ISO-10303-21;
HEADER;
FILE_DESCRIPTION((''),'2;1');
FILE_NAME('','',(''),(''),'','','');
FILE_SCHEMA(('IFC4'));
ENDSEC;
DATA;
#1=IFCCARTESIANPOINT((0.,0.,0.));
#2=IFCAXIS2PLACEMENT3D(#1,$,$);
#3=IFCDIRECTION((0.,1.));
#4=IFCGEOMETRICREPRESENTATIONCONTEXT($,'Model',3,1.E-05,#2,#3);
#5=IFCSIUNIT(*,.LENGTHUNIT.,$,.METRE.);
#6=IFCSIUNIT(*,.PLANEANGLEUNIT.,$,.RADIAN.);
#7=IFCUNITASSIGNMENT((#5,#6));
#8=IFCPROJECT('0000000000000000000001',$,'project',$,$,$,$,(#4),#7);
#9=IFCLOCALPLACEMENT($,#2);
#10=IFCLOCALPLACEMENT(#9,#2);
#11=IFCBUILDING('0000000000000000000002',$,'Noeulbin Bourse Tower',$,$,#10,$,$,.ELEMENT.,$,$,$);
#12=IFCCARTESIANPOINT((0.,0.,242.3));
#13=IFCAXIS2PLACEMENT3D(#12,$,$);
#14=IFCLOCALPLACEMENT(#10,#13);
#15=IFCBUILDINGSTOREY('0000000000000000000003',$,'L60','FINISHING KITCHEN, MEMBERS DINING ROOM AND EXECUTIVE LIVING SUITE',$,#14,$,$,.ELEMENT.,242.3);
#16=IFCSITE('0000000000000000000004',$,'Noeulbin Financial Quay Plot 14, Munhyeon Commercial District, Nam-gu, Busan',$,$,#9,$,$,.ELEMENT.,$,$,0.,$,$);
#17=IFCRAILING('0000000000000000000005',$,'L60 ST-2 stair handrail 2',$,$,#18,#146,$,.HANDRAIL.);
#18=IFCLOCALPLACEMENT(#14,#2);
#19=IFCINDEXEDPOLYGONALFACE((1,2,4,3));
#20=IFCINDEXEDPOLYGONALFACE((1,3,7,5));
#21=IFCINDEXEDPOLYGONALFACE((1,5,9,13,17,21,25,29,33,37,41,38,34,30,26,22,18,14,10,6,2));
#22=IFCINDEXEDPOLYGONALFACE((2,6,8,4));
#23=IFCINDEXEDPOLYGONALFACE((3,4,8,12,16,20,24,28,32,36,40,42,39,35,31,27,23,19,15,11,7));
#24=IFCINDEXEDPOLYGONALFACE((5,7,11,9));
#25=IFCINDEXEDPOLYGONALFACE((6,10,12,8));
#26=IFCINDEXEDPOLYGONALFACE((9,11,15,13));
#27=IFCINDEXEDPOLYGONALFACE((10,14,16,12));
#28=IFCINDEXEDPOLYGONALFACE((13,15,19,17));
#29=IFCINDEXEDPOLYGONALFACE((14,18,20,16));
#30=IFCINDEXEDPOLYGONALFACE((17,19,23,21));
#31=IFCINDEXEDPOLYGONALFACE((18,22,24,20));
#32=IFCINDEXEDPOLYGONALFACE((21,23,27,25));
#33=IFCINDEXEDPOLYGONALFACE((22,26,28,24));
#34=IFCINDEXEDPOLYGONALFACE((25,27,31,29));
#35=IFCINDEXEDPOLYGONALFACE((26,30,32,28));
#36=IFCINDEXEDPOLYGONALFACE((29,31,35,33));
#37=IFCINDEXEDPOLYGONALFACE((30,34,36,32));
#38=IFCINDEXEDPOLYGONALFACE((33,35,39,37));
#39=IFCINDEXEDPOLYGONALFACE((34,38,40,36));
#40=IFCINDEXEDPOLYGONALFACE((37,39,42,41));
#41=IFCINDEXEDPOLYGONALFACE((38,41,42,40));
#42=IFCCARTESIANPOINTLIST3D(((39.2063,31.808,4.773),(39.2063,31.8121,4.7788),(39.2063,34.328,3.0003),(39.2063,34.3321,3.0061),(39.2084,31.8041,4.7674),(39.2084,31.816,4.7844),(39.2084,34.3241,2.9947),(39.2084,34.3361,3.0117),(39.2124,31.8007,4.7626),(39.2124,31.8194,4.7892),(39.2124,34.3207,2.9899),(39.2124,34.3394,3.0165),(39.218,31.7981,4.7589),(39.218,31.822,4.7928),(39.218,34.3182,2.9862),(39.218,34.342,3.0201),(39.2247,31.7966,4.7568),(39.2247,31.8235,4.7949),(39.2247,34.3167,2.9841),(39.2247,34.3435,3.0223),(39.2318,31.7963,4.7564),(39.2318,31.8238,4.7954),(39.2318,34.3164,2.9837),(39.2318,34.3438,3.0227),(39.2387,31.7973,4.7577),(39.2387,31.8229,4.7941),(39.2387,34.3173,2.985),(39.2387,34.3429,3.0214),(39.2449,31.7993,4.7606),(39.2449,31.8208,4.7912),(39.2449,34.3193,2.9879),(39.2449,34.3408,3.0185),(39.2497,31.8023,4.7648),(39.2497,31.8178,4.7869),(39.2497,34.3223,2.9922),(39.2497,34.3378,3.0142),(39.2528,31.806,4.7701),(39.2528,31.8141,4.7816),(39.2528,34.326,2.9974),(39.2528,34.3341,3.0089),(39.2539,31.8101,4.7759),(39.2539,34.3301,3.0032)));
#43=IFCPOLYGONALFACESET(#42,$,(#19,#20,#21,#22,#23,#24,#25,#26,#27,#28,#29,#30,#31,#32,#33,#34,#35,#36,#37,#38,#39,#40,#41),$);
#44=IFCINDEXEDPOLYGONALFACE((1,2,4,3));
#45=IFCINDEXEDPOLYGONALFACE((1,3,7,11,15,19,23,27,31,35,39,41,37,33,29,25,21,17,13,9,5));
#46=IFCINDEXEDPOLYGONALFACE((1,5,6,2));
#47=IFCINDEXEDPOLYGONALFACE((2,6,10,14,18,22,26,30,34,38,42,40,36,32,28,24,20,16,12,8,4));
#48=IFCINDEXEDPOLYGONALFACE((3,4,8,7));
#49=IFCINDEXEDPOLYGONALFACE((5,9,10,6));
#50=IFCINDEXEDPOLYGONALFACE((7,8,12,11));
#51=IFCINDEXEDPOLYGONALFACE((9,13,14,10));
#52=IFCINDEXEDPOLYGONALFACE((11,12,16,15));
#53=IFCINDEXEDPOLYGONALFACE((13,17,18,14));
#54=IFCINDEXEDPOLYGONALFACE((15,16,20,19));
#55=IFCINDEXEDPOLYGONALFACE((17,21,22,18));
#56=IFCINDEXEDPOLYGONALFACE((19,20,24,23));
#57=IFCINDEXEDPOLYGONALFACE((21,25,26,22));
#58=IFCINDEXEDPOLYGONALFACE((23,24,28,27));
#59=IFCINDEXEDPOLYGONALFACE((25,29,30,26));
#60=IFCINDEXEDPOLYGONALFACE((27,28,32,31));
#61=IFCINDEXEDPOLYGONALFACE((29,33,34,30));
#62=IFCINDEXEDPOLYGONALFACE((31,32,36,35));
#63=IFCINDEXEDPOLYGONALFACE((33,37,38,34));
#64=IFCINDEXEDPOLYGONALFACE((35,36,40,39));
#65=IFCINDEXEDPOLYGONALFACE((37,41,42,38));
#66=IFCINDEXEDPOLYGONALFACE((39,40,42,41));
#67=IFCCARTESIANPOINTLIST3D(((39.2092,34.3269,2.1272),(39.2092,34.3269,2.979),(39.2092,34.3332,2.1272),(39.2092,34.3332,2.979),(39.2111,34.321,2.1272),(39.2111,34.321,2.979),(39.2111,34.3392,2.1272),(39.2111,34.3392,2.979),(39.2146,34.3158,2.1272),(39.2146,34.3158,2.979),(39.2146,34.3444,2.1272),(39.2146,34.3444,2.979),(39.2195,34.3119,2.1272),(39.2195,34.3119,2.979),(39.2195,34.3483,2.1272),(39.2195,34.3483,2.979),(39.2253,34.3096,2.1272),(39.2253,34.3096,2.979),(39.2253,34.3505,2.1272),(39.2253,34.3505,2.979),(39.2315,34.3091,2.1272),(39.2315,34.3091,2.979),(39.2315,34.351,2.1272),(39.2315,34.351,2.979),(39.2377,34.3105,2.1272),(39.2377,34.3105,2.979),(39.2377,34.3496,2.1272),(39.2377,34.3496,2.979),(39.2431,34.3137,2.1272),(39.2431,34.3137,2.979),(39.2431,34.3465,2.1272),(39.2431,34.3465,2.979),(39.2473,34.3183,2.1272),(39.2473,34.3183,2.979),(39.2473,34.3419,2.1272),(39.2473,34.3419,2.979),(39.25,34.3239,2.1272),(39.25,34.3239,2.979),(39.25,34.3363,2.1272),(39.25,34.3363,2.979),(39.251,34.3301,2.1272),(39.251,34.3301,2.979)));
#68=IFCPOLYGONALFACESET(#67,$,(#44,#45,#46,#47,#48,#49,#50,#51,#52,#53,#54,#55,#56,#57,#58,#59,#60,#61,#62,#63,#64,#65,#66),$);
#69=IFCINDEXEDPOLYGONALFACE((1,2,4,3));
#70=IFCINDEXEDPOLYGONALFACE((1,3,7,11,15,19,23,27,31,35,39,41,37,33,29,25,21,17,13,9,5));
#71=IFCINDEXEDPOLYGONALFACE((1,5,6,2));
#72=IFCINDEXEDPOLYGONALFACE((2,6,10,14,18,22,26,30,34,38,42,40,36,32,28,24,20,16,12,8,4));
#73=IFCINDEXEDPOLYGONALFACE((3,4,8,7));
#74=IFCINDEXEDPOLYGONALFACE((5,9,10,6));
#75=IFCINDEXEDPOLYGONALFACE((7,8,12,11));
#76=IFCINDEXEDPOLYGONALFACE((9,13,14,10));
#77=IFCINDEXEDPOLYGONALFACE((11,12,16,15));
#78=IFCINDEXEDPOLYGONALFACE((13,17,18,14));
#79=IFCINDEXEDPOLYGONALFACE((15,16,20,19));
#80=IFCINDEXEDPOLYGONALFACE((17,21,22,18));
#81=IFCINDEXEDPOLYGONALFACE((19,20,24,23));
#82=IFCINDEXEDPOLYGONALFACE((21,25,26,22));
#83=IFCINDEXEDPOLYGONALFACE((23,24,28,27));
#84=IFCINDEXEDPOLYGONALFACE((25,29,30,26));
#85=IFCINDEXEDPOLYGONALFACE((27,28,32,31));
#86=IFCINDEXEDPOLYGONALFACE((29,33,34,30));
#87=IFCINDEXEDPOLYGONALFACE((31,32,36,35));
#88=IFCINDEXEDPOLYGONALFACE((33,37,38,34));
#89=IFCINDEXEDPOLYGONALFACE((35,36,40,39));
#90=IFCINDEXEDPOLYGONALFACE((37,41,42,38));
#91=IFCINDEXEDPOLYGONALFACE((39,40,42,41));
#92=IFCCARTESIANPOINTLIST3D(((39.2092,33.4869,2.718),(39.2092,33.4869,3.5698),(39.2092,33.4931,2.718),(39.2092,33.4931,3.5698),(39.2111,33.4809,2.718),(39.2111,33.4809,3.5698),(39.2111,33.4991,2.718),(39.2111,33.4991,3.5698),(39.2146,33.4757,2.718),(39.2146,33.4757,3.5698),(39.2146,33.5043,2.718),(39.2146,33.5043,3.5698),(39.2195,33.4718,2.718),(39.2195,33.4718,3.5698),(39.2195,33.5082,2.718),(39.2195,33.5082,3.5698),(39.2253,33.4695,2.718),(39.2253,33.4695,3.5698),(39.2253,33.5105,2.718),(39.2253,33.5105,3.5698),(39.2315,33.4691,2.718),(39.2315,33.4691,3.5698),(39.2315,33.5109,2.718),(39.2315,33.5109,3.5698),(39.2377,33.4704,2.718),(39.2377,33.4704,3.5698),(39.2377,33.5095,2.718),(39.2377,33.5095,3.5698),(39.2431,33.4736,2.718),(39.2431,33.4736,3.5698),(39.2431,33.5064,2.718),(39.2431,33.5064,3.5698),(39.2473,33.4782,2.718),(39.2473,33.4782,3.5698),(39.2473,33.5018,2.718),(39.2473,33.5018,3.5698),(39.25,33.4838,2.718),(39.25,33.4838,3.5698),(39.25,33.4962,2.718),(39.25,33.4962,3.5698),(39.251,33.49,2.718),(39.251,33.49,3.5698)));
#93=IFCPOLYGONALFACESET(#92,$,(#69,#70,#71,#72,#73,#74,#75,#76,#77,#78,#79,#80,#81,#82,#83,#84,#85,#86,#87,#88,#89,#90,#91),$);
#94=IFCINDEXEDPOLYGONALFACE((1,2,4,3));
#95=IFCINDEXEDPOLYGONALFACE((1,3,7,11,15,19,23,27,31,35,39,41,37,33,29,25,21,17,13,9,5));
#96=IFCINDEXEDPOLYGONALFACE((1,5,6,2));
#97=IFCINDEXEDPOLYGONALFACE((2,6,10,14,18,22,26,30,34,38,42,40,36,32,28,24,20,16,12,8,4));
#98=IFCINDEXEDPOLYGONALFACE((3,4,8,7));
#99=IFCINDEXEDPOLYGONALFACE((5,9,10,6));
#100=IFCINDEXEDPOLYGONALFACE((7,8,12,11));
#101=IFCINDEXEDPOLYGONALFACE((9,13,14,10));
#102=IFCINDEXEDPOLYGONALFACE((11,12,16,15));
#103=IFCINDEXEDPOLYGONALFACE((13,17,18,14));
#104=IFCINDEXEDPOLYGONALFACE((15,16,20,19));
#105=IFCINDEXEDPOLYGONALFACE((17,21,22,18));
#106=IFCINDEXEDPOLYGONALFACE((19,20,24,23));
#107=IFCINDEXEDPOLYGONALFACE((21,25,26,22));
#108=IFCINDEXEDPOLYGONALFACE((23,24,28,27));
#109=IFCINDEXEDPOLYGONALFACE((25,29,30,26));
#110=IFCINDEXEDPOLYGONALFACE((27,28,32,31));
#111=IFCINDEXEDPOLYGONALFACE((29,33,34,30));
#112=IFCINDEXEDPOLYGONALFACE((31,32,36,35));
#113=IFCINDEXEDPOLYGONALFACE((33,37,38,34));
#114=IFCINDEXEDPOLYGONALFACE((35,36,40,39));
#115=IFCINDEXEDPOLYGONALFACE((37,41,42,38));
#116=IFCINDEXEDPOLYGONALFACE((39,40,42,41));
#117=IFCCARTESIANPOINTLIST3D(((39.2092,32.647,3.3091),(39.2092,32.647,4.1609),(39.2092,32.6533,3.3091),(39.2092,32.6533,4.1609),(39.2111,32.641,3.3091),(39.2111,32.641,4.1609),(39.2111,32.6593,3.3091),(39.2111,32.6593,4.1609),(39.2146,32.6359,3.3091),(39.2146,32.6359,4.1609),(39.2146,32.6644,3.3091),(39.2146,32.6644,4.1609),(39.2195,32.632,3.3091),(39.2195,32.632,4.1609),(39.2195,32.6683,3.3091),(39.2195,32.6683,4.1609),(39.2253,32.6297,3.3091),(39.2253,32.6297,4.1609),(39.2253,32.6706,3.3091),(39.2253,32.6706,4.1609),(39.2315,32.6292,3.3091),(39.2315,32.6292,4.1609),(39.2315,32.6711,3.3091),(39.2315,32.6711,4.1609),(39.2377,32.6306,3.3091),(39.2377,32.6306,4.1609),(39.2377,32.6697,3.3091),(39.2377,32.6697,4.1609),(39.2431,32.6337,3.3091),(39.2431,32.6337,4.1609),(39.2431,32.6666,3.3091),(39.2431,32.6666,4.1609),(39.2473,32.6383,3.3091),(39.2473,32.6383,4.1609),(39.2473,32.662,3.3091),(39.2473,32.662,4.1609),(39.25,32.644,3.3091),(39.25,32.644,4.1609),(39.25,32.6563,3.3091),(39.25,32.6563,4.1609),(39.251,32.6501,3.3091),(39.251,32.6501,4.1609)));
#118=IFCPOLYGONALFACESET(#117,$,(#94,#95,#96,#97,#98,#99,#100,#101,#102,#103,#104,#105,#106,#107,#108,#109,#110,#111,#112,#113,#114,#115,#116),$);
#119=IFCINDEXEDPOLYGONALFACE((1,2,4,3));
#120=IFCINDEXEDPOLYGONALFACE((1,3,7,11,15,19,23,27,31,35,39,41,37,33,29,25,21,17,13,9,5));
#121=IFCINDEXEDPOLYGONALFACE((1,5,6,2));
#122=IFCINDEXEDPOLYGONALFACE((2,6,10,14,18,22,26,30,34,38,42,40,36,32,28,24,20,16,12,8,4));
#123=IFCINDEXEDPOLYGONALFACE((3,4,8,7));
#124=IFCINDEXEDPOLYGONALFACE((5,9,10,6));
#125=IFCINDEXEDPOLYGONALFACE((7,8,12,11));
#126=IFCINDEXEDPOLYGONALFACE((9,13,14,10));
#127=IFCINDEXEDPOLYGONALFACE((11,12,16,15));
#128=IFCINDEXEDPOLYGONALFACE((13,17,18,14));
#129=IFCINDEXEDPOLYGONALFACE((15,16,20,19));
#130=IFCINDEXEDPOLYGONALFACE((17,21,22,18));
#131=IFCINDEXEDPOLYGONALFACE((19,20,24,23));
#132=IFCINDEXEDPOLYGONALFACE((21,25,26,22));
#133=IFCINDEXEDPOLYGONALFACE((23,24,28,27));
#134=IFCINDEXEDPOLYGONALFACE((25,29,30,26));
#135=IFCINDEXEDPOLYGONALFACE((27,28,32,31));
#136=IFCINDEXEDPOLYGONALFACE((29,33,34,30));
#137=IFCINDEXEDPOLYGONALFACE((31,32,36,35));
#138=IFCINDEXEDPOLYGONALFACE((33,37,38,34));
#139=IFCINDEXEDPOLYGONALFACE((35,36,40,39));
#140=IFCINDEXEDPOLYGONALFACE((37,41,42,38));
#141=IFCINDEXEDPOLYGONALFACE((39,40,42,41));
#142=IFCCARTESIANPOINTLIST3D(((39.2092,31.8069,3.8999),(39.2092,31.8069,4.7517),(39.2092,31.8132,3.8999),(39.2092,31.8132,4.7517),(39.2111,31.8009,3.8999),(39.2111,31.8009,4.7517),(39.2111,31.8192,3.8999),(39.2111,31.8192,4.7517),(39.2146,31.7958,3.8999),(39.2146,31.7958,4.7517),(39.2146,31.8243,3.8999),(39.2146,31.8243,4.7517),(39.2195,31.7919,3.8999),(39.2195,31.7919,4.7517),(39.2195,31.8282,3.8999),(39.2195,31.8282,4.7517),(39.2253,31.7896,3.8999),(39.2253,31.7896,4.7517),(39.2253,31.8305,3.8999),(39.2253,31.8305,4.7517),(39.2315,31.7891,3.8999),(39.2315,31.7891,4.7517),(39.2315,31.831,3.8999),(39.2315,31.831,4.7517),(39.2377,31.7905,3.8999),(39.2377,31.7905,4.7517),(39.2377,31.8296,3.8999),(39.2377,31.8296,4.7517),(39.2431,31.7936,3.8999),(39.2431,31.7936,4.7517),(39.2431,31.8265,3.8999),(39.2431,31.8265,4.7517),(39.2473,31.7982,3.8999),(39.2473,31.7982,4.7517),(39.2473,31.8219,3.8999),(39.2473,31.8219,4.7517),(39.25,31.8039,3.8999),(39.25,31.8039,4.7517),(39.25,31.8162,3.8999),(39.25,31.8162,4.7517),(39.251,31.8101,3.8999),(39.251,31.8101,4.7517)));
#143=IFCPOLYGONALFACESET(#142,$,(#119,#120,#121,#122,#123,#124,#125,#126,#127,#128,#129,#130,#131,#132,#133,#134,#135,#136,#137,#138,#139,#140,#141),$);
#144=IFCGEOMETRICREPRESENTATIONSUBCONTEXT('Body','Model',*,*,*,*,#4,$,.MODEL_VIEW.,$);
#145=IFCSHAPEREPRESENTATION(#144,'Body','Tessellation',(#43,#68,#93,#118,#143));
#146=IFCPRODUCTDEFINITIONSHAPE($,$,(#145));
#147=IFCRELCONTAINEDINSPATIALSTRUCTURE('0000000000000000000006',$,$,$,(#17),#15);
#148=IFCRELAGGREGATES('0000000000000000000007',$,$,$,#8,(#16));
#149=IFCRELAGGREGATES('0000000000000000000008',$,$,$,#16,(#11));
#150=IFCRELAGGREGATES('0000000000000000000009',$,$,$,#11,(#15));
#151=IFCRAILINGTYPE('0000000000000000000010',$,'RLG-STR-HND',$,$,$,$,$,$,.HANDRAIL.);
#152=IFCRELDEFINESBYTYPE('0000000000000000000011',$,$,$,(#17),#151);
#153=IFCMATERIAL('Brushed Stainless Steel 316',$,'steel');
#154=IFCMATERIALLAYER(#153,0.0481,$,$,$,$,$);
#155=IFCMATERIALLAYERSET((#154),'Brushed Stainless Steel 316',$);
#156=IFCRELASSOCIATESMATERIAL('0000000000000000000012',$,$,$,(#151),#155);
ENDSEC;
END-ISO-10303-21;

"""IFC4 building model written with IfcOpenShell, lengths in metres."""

from ifc_helpers import new_model, si_unit, direction, frame, origin, origin_2d, place, context, subcontext, project, spatial, circle, extrude, material, layer, layer_set, type_object, element, save


model = new_model("IFC4")

# Units and contexts
model_context = context("Model", 3, precision=1e-05, world=origin(), true_north=direction((0.0, 1.0)))
body_context = subcontext(model_context, "Body", "Model", "MODEL_VIEW")
ifc_project = project(units=[si_unit("LENGTHUNIT", "METRE"), si_unit("PLANEANGLEUNIT", "RADIAN")], contexts=[model_context])

# Site, building, storey
site_placement = place(None, origin())
site = spatial("IfcSite", under=ifc_project, at=site_placement, Name="Noeulbin Financial Quay Plot 14, Munhyeon Commercial District, Nam-gu, Busan", CompositionType="ELEMENT", RefElevation=0.0)
building_placement = place(site_placement, origin())
building = spatial("IfcBuilding", under=site, at=building_placement, Name="Noeulbin Bourse Tower", CompositionType="ELEMENT")
storey_placement = place(building_placement, frame((0.0, 0.0, 242.3)))
storey = spatial("IfcBuildingStorey", under=building, at=storey_placement, Name="L60", Description="FINISHING KITCHEN, MEMBERS DINING ROOM AND EXECUTIVE LIVING SUITE", CompositionType="ELEMENT", Elevation=242.3)

# Railing
ifc_material_1 = material(Name="Brushed Stainless Steel 316", Category="steel")
ifc_layer_1 = layer(ifc_material_1, 0.0481)
ifc_layer_set_1 = layer_set([ifc_layer_1], Name="Brushed Stainless Steel 316")
railing_type_1 = type_object("IfcRailingType", Name="RLG-STR-HND", PredefinedType="HANDRAIL", material=ifc_layer_set_1)
railing_1_placement = place(storey_placement, frame((39.23, 34.3301, 2.1272)))
element("IfcRailing", 1, at=railing_1_placement, inside=storey, type_object=railing_type_1, Name="L60 ST-2 stair handrail 2", PredefinedType="HANDRAIL", context=body_context, shape_type="SweptSolid", body=[
    extrude(circle(Radius=0.0239, at=origin_2d()), frame((0.0, 0.0, 0.876), z_axis=(0.0, -0.817904, 0.575354), x_axis=(1.0, 0.0, 0.0)), (0.0, 0.0, 1.0), 3.0811),
    extrude(circle(Radius=0.021, at=origin_2d()), origin(), (0.0, 0.0, 1.0), 0.8518),
    extrude(circle(Radius=0.021, at=origin_2d()), frame((0.0, -0.8401, 0.5908)), (0.0, 0.0, 1.0), 0.8518),
    extrude(circle(Radius=0.021, at=origin_2d()), frame((0.0, -1.6799, 1.1819)), (0.0, 0.0, 1.0), 0.8518),
    extrude(circle(Radius=0.021, at=origin_2d()), frame((0.0, -2.52, 1.7727)), (0.0, 0.0, 1.0), 0.8518),
])

save(model, "model.ifc")
